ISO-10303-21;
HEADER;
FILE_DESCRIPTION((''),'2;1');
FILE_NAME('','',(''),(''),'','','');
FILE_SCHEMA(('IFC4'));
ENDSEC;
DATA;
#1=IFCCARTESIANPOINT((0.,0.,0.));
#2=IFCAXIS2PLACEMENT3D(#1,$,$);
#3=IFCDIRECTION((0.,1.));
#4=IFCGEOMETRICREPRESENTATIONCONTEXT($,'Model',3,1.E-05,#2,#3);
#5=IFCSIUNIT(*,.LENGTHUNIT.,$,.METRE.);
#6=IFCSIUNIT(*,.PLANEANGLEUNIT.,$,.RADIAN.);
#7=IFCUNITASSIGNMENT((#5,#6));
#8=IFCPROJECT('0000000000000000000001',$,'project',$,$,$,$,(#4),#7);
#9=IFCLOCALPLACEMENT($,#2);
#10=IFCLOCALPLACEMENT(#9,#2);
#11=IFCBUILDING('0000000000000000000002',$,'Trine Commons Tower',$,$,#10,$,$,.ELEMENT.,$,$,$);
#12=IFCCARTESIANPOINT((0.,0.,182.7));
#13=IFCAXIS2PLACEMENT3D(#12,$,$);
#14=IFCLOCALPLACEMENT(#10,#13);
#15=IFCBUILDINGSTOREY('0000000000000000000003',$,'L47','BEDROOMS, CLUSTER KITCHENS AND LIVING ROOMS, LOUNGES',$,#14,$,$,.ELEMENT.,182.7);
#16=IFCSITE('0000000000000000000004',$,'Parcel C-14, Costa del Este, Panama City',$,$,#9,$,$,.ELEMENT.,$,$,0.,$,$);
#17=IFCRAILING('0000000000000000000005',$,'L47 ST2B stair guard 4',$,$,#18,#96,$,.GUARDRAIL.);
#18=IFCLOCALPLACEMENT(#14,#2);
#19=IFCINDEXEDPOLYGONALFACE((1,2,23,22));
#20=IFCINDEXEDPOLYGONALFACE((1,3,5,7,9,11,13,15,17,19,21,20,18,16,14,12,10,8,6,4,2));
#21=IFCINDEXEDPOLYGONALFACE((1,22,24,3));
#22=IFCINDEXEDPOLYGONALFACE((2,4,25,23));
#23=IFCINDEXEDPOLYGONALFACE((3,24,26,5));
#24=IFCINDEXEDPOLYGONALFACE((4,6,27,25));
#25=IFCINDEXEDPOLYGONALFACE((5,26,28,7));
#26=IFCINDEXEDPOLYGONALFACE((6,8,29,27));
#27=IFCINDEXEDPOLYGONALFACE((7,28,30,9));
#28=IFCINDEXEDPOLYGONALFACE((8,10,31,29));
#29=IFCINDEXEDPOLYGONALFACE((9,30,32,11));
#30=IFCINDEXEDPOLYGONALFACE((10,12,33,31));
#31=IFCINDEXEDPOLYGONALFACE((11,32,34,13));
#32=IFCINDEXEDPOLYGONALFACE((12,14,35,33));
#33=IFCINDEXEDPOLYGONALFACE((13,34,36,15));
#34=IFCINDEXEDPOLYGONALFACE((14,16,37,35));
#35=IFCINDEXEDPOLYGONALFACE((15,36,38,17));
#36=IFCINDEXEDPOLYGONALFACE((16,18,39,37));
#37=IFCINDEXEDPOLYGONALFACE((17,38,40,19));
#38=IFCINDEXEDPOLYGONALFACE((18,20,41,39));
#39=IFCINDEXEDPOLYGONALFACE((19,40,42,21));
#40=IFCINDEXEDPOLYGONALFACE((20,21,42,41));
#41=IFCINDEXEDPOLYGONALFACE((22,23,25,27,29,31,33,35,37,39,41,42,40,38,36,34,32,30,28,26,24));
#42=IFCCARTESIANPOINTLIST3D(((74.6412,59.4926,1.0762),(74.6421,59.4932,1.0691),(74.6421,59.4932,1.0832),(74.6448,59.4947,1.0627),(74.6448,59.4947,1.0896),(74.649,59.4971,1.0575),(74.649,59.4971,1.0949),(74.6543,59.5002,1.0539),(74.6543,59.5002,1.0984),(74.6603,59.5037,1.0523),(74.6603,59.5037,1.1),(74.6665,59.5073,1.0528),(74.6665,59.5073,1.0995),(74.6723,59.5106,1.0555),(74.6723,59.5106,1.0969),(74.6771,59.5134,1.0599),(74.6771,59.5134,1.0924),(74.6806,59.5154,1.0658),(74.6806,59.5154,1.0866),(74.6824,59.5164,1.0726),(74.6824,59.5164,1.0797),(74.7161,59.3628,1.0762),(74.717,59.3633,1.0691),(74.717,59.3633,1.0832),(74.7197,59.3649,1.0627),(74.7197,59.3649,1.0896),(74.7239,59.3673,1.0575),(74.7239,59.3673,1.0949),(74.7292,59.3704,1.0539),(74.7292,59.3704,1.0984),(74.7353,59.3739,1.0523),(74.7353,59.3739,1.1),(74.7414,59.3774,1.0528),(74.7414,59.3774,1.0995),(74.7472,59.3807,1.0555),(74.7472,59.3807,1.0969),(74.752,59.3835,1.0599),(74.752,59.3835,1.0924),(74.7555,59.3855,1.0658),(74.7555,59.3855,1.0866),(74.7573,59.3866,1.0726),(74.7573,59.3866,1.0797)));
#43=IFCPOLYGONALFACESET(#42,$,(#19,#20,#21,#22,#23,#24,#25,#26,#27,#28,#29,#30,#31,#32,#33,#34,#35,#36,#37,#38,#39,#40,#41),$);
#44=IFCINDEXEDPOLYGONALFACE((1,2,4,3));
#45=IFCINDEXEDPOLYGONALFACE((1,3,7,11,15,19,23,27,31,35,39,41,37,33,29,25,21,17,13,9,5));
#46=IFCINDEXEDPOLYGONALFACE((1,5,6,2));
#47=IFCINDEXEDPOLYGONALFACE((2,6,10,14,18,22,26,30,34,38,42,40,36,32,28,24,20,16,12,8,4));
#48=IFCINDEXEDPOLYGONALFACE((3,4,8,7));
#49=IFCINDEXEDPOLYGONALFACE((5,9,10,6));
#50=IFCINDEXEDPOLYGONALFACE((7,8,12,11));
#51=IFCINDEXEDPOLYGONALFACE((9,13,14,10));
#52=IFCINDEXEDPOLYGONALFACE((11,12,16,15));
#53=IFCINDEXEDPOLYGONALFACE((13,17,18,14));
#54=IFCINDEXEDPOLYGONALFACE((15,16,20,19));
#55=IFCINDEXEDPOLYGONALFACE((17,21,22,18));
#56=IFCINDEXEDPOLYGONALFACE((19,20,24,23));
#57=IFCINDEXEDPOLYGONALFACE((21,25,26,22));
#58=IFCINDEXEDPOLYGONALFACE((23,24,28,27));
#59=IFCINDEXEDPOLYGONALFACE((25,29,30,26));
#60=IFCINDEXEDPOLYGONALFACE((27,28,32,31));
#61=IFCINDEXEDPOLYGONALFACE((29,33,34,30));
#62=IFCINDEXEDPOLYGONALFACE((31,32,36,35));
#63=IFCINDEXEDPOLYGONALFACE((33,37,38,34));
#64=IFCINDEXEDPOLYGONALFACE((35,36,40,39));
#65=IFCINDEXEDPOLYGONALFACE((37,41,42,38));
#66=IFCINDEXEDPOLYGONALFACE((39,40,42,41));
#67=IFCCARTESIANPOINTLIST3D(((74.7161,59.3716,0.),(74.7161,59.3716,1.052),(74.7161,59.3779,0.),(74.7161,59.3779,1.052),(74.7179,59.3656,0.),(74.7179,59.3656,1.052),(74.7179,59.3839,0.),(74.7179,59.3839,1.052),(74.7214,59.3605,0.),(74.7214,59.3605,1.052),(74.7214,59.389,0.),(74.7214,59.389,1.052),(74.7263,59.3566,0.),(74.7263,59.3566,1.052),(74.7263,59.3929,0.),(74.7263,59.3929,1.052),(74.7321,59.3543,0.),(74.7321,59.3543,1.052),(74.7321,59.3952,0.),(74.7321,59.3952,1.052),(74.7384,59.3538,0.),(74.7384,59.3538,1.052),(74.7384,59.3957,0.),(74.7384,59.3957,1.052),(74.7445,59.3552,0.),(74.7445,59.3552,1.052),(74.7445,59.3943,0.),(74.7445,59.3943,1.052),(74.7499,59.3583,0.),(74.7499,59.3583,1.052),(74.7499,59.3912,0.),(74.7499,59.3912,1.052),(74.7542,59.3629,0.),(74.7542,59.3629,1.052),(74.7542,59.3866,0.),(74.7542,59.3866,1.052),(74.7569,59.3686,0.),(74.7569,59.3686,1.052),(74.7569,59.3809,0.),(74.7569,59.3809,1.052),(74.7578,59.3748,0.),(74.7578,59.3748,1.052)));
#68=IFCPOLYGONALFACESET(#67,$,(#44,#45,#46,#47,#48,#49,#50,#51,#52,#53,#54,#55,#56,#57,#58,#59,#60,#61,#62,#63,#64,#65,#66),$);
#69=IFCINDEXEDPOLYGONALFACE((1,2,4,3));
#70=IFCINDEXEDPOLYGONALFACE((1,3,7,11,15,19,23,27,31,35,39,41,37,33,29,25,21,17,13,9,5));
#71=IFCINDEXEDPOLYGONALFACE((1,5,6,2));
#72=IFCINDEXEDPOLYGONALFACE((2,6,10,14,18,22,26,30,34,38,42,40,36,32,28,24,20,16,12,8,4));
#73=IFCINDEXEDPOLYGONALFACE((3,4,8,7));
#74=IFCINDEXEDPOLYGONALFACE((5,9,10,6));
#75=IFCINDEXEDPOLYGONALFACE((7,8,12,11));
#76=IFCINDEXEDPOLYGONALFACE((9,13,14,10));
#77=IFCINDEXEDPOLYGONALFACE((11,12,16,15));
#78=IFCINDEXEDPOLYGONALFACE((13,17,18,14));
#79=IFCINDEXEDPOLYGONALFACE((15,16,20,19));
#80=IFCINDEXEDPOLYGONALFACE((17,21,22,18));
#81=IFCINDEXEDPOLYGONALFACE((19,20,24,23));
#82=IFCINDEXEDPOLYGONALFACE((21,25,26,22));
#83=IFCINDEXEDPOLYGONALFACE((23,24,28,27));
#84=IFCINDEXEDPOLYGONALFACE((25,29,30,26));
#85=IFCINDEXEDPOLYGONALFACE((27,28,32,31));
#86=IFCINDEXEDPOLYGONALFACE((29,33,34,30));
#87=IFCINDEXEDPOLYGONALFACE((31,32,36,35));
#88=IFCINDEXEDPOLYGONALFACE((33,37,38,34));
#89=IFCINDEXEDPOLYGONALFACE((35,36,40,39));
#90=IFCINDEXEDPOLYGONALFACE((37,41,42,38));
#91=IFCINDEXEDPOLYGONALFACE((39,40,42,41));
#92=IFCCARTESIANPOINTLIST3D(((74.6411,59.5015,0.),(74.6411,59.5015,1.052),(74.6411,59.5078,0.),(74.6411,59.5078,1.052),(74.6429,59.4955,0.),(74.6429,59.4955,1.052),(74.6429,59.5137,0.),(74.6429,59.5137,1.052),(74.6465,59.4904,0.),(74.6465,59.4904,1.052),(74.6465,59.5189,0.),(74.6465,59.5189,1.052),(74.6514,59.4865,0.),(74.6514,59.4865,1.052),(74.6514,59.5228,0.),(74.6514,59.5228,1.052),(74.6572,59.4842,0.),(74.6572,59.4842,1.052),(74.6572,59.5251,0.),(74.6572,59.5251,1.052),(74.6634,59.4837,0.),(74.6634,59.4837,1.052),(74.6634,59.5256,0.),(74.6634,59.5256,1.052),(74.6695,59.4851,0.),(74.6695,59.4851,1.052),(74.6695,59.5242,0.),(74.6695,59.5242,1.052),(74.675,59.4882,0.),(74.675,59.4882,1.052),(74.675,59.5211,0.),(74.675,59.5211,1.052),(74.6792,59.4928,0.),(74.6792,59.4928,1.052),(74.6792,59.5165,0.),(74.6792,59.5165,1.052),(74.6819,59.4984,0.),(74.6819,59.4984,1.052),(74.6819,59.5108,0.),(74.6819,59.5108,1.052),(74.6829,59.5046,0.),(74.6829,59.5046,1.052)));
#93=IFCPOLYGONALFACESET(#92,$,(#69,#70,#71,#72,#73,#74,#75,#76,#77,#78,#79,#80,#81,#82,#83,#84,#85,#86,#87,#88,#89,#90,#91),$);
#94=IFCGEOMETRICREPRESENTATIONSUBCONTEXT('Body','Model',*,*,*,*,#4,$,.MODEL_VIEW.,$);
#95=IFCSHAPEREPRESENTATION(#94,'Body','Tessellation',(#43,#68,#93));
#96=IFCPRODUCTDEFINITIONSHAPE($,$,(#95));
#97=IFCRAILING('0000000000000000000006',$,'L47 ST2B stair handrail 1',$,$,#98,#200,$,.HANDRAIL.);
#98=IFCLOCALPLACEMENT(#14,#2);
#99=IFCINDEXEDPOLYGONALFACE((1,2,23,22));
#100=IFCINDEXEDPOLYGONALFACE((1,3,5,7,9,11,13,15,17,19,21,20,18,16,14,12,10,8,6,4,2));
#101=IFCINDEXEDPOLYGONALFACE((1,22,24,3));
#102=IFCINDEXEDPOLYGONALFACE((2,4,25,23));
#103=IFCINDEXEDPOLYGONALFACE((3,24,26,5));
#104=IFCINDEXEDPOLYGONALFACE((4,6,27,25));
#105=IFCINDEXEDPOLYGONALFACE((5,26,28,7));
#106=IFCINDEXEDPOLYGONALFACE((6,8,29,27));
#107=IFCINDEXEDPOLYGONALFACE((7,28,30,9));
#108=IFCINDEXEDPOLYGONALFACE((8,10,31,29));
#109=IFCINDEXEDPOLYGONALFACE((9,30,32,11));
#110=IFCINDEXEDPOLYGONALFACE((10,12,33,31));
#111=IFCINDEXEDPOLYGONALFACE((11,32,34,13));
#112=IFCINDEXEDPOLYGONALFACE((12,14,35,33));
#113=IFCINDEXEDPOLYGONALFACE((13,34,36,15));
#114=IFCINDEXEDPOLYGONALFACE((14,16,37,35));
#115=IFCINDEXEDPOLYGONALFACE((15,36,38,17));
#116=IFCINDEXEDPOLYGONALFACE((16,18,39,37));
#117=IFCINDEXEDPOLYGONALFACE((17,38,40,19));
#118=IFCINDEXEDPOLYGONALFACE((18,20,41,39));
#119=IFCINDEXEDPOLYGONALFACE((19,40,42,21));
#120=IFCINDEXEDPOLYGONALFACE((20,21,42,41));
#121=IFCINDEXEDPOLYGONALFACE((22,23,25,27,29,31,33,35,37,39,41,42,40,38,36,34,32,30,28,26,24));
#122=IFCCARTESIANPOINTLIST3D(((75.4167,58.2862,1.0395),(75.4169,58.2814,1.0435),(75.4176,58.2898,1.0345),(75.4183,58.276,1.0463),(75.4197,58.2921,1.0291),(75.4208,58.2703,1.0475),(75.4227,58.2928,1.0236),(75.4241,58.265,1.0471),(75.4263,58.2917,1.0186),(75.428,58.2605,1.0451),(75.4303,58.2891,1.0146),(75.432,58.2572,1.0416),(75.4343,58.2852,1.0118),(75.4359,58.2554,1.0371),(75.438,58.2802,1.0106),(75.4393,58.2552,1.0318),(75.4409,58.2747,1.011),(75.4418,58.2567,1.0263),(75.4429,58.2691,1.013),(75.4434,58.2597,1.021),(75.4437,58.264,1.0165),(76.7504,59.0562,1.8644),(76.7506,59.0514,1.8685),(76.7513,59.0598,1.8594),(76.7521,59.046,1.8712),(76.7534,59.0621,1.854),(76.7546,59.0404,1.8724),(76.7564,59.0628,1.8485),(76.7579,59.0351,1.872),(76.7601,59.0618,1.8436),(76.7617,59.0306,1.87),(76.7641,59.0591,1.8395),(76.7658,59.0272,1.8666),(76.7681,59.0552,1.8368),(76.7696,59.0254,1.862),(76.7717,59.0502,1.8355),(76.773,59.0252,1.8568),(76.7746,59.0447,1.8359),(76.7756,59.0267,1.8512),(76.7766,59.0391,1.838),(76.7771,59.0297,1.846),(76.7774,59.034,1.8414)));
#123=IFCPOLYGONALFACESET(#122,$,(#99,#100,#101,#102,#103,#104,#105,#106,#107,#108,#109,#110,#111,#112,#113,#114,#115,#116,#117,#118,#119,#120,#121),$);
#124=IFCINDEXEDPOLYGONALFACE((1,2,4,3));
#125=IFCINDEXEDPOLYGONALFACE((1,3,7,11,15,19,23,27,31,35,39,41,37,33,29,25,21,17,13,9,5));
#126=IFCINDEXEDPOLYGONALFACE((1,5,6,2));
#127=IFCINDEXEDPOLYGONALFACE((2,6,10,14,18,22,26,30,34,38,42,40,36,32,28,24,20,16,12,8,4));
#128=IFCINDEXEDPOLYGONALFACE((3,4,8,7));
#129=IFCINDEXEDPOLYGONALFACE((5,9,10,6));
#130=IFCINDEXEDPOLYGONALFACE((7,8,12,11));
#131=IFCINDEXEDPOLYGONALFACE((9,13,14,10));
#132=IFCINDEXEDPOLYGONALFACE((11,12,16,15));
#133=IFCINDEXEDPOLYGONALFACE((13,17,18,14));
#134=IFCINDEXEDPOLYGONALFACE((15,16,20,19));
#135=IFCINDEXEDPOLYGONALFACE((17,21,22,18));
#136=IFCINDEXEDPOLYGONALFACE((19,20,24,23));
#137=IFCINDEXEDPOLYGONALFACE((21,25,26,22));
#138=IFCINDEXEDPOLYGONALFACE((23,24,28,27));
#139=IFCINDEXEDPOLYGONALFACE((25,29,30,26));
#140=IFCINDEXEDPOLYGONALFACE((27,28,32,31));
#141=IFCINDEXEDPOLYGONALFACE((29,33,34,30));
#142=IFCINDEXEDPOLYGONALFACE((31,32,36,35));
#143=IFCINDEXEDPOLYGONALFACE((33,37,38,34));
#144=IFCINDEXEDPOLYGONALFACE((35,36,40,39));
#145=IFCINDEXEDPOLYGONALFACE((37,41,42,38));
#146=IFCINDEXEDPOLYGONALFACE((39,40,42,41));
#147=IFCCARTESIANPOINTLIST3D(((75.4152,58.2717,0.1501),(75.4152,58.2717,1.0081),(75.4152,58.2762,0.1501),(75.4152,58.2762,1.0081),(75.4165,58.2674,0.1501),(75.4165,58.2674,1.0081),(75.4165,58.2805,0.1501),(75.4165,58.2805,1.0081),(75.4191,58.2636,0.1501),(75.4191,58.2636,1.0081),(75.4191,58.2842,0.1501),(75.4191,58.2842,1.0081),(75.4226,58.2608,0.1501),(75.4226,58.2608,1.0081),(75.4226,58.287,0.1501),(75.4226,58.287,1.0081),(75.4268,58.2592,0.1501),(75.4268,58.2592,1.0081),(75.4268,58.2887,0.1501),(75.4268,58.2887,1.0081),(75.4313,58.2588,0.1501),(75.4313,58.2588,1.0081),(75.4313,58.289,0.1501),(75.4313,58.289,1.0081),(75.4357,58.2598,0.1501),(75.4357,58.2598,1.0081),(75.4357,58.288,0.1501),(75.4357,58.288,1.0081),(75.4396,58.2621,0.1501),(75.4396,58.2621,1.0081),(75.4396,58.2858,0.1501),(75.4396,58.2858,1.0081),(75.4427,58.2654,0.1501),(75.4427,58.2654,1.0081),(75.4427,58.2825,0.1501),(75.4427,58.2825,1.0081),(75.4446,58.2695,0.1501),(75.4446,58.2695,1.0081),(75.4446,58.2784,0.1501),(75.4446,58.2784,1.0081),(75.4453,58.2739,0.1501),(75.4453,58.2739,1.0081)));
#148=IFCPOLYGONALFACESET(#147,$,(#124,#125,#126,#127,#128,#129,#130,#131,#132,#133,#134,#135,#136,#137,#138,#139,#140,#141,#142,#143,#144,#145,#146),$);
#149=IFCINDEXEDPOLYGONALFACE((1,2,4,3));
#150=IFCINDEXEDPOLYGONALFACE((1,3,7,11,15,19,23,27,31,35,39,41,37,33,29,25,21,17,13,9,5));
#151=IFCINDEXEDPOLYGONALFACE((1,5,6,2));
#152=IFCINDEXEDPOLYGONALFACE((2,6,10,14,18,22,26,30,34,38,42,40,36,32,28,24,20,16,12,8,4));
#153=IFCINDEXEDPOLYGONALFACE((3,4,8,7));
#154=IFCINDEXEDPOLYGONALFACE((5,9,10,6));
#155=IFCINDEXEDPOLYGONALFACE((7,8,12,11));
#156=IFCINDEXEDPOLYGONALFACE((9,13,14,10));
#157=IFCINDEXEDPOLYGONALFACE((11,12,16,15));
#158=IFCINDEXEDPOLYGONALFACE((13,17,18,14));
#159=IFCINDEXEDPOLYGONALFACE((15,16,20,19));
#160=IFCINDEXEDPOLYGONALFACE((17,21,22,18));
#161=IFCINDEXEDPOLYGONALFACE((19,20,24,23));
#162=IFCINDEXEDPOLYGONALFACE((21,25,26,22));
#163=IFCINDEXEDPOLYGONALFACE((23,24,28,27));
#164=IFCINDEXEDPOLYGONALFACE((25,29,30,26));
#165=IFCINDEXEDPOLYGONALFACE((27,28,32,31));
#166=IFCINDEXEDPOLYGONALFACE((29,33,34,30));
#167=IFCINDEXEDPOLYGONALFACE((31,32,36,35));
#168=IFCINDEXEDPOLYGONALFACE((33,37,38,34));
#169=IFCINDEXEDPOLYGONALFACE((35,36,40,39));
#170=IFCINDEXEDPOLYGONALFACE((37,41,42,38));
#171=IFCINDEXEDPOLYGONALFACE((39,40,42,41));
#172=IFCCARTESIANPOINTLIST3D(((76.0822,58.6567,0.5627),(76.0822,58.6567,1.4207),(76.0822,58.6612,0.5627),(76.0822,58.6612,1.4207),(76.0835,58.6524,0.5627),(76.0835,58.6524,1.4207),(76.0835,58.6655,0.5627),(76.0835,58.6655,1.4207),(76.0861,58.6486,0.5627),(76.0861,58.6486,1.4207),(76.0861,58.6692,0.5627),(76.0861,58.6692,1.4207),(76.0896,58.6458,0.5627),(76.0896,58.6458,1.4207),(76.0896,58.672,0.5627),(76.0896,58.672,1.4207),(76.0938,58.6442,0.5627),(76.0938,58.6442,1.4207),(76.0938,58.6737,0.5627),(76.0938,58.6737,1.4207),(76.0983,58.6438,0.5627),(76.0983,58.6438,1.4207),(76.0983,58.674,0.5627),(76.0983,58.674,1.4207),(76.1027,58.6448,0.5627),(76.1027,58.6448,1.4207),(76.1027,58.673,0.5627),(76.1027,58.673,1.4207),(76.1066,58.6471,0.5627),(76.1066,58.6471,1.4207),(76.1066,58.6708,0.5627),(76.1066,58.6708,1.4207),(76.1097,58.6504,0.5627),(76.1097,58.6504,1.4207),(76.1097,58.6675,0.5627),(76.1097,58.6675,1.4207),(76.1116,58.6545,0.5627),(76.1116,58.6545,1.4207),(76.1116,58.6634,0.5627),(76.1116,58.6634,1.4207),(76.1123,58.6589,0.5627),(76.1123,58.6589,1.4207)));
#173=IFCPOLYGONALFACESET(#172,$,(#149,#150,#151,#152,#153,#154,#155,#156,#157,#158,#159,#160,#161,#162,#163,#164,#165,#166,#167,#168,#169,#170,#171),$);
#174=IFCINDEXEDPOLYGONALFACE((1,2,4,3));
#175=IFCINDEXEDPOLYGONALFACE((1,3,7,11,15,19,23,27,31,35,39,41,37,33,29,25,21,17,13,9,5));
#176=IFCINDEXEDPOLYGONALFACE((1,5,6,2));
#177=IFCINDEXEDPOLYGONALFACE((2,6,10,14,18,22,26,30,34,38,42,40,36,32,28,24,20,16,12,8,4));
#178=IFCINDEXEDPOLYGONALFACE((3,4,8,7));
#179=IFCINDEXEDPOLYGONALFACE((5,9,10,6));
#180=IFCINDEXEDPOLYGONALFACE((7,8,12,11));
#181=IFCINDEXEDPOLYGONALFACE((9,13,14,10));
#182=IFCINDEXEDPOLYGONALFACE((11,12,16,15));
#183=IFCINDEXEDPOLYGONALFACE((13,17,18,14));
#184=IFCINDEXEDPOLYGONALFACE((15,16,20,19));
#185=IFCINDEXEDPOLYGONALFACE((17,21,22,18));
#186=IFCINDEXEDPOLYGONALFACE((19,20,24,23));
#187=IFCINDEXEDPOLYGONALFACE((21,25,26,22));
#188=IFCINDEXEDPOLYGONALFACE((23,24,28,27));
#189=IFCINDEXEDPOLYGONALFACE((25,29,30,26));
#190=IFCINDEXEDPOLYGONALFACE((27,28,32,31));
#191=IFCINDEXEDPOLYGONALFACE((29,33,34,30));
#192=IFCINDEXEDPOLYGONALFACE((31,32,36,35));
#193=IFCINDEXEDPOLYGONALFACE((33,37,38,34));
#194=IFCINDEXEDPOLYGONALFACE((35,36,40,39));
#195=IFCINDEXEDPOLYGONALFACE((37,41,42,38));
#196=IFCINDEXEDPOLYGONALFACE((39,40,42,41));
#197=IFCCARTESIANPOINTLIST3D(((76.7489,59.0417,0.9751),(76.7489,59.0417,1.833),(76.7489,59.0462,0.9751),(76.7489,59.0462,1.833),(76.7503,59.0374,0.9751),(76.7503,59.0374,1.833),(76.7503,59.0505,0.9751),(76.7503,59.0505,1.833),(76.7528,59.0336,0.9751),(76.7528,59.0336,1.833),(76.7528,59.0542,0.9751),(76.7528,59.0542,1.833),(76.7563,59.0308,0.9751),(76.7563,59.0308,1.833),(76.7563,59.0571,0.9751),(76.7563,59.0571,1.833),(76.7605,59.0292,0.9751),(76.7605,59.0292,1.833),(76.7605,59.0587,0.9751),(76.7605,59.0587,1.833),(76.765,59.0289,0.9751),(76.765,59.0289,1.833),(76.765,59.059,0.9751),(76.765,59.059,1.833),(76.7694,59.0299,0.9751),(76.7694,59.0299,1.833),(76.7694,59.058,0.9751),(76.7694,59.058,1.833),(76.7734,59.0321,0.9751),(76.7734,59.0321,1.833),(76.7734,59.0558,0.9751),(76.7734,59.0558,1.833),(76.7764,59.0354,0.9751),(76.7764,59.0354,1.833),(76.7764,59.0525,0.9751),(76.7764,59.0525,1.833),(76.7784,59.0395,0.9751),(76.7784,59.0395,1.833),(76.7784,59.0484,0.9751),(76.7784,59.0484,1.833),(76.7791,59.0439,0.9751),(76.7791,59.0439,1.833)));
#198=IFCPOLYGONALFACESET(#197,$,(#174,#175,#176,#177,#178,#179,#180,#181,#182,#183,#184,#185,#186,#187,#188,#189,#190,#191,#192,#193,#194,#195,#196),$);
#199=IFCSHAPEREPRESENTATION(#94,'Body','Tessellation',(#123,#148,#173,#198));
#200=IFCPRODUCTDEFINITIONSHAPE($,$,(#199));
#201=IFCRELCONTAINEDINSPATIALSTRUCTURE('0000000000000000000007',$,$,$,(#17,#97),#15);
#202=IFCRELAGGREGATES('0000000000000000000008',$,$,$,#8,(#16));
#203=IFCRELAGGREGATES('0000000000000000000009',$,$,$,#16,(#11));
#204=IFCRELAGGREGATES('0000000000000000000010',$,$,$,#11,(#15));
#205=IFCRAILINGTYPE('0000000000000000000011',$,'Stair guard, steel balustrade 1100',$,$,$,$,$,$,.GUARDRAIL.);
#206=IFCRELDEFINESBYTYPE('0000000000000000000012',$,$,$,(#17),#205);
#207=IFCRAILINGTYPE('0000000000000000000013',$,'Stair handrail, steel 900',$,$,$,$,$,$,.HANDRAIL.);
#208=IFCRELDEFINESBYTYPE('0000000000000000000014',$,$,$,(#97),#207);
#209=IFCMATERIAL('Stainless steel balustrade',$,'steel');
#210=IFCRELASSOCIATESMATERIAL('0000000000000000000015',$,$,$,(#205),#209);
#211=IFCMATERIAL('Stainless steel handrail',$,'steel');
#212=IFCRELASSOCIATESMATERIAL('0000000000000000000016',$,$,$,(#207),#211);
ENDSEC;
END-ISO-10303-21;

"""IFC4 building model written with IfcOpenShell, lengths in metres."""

from ifc_helpers import new_model, si_unit, direction, frame, origin, origin_2d, place, context, subcontext, project, spatial, circle, extrude, material, type_object, element, save


model = new_model("IFC4")

# Units and contexts
model_context = context("Model", 3, precision=1e-05, world=origin(), true_north=direction((0.0, 1.0)))
body_context = subcontext(model_context, "Body", "Model", "MODEL_VIEW")
ifc_project = project(units=[si_unit("LENGTHUNIT", "METRE"), si_unit("PLANEANGLEUNIT", "RADIAN")], contexts=[model_context])

# Site, building, storey
site_placement = place(None, origin())
site = spatial("IfcSite", under=ifc_project, at=site_placement, Name="Parcel C-14, Costa del Este, Panama City", CompositionType="ELEMENT", RefElevation=0.0)
building_placement = place(site_placement, origin())
building = spatial("IfcBuilding", under=site, at=building_placement, Name="Trine Commons Tower", CompositionType="ELEMENT")
storey_placement = place(building_placement, frame((0.0, 0.0, 182.7)))
storey = spatial("IfcBuildingStorey", under=building, at=storey_placement, Name="L47", Description="BEDROOMS, CLUSTER KITCHENS AND LIVING ROOMS, LOUNGES", CompositionType="ELEMENT", Elevation=182.7)

# Railings
ifc_material_1 = material(Name="Stainless steel balustrade", Category="steel")
railing_type_1 = type_object("IfcRailingType", Name="Stair guard, steel balustrade 1100", PredefinedType="GUARDRAIL", material=ifc_material_1)
railing_1_placement = place(storey_placement, frame((74.7368, 59.3748, 0.0)))
element("IfcRailing", 1, at=railing_1_placement, inside=storey, type_object=railing_type_1, Name="L47 ST2B stair guard 4", PredefinedType="GUARDRAIL", context=body_context, shape_type="SweptSolid", body=[
    extrude(circle(Radius=0.0239, at=origin_2d()), frame((0.0, 0.0, 1.0762), z_axis=(-0.499816, 0.866131, 0.0), x_axis=(-0.866131, -0.499816, 0.0)), (0.0, 0.0, 1.0), 0.1499),
    extrude(circle(Radius=0.021, at=origin_2d()), origin(), (0.0, 0.0, 1.0), 1.052),
    extrude(circle(Radius=0.021, at=origin_2d()), frame((-0.075, 0.1299, 0.0)), (0.0, 0.0, 1.0), 1.052),
])
ifc_material_2 = material(Name="Stainless steel handrail", Category="steel")
railing_type_2 = type_object("IfcRailingType", Name="Stair handrail, steel 900", PredefinedType="HANDRAIL", material=ifc_material_2)
for number, where, name in (
    (2, (75.4302, 58.2739, 0.1501), "L47 ST2B stair handrail 1"),
):
    element("IfcRailing", number, at=place(storey_placement, frame(where)), inside=storey, type_object=railing_type_2, Name=name, PredefinedType="HANDRAIL", context=body_context, shape_type="SweptSolid", body=[
        extrude(circle(Radius=0.021, at=origin_2d()), frame((0.0, 0.0, 0.8789), z_axis=(0.763405, 0.440743, 0.472185), x_axis=(-0.499992, 0.86603, 0.0)), (0.0, 0.0, 1.0), 1.7471),
        extrude(circle(Radius=0.0151, at=origin_2d()), origin(), (0.0, 0.0, 1.0), 0.8579),
        extrude(circle(Radius=0.0151, at=origin_2d()), frame((0.667, 0.385, 0.4126)), (0.0, 0.0, 1.0), 0.8579),
        extrude(circle(Radius=0.0151, at=origin_2d()), frame((1.3337, 0.77, 0.825)), (0.0, 0.0, 1.0), 0.8579),
    ])

save(model, "model.ifc")
